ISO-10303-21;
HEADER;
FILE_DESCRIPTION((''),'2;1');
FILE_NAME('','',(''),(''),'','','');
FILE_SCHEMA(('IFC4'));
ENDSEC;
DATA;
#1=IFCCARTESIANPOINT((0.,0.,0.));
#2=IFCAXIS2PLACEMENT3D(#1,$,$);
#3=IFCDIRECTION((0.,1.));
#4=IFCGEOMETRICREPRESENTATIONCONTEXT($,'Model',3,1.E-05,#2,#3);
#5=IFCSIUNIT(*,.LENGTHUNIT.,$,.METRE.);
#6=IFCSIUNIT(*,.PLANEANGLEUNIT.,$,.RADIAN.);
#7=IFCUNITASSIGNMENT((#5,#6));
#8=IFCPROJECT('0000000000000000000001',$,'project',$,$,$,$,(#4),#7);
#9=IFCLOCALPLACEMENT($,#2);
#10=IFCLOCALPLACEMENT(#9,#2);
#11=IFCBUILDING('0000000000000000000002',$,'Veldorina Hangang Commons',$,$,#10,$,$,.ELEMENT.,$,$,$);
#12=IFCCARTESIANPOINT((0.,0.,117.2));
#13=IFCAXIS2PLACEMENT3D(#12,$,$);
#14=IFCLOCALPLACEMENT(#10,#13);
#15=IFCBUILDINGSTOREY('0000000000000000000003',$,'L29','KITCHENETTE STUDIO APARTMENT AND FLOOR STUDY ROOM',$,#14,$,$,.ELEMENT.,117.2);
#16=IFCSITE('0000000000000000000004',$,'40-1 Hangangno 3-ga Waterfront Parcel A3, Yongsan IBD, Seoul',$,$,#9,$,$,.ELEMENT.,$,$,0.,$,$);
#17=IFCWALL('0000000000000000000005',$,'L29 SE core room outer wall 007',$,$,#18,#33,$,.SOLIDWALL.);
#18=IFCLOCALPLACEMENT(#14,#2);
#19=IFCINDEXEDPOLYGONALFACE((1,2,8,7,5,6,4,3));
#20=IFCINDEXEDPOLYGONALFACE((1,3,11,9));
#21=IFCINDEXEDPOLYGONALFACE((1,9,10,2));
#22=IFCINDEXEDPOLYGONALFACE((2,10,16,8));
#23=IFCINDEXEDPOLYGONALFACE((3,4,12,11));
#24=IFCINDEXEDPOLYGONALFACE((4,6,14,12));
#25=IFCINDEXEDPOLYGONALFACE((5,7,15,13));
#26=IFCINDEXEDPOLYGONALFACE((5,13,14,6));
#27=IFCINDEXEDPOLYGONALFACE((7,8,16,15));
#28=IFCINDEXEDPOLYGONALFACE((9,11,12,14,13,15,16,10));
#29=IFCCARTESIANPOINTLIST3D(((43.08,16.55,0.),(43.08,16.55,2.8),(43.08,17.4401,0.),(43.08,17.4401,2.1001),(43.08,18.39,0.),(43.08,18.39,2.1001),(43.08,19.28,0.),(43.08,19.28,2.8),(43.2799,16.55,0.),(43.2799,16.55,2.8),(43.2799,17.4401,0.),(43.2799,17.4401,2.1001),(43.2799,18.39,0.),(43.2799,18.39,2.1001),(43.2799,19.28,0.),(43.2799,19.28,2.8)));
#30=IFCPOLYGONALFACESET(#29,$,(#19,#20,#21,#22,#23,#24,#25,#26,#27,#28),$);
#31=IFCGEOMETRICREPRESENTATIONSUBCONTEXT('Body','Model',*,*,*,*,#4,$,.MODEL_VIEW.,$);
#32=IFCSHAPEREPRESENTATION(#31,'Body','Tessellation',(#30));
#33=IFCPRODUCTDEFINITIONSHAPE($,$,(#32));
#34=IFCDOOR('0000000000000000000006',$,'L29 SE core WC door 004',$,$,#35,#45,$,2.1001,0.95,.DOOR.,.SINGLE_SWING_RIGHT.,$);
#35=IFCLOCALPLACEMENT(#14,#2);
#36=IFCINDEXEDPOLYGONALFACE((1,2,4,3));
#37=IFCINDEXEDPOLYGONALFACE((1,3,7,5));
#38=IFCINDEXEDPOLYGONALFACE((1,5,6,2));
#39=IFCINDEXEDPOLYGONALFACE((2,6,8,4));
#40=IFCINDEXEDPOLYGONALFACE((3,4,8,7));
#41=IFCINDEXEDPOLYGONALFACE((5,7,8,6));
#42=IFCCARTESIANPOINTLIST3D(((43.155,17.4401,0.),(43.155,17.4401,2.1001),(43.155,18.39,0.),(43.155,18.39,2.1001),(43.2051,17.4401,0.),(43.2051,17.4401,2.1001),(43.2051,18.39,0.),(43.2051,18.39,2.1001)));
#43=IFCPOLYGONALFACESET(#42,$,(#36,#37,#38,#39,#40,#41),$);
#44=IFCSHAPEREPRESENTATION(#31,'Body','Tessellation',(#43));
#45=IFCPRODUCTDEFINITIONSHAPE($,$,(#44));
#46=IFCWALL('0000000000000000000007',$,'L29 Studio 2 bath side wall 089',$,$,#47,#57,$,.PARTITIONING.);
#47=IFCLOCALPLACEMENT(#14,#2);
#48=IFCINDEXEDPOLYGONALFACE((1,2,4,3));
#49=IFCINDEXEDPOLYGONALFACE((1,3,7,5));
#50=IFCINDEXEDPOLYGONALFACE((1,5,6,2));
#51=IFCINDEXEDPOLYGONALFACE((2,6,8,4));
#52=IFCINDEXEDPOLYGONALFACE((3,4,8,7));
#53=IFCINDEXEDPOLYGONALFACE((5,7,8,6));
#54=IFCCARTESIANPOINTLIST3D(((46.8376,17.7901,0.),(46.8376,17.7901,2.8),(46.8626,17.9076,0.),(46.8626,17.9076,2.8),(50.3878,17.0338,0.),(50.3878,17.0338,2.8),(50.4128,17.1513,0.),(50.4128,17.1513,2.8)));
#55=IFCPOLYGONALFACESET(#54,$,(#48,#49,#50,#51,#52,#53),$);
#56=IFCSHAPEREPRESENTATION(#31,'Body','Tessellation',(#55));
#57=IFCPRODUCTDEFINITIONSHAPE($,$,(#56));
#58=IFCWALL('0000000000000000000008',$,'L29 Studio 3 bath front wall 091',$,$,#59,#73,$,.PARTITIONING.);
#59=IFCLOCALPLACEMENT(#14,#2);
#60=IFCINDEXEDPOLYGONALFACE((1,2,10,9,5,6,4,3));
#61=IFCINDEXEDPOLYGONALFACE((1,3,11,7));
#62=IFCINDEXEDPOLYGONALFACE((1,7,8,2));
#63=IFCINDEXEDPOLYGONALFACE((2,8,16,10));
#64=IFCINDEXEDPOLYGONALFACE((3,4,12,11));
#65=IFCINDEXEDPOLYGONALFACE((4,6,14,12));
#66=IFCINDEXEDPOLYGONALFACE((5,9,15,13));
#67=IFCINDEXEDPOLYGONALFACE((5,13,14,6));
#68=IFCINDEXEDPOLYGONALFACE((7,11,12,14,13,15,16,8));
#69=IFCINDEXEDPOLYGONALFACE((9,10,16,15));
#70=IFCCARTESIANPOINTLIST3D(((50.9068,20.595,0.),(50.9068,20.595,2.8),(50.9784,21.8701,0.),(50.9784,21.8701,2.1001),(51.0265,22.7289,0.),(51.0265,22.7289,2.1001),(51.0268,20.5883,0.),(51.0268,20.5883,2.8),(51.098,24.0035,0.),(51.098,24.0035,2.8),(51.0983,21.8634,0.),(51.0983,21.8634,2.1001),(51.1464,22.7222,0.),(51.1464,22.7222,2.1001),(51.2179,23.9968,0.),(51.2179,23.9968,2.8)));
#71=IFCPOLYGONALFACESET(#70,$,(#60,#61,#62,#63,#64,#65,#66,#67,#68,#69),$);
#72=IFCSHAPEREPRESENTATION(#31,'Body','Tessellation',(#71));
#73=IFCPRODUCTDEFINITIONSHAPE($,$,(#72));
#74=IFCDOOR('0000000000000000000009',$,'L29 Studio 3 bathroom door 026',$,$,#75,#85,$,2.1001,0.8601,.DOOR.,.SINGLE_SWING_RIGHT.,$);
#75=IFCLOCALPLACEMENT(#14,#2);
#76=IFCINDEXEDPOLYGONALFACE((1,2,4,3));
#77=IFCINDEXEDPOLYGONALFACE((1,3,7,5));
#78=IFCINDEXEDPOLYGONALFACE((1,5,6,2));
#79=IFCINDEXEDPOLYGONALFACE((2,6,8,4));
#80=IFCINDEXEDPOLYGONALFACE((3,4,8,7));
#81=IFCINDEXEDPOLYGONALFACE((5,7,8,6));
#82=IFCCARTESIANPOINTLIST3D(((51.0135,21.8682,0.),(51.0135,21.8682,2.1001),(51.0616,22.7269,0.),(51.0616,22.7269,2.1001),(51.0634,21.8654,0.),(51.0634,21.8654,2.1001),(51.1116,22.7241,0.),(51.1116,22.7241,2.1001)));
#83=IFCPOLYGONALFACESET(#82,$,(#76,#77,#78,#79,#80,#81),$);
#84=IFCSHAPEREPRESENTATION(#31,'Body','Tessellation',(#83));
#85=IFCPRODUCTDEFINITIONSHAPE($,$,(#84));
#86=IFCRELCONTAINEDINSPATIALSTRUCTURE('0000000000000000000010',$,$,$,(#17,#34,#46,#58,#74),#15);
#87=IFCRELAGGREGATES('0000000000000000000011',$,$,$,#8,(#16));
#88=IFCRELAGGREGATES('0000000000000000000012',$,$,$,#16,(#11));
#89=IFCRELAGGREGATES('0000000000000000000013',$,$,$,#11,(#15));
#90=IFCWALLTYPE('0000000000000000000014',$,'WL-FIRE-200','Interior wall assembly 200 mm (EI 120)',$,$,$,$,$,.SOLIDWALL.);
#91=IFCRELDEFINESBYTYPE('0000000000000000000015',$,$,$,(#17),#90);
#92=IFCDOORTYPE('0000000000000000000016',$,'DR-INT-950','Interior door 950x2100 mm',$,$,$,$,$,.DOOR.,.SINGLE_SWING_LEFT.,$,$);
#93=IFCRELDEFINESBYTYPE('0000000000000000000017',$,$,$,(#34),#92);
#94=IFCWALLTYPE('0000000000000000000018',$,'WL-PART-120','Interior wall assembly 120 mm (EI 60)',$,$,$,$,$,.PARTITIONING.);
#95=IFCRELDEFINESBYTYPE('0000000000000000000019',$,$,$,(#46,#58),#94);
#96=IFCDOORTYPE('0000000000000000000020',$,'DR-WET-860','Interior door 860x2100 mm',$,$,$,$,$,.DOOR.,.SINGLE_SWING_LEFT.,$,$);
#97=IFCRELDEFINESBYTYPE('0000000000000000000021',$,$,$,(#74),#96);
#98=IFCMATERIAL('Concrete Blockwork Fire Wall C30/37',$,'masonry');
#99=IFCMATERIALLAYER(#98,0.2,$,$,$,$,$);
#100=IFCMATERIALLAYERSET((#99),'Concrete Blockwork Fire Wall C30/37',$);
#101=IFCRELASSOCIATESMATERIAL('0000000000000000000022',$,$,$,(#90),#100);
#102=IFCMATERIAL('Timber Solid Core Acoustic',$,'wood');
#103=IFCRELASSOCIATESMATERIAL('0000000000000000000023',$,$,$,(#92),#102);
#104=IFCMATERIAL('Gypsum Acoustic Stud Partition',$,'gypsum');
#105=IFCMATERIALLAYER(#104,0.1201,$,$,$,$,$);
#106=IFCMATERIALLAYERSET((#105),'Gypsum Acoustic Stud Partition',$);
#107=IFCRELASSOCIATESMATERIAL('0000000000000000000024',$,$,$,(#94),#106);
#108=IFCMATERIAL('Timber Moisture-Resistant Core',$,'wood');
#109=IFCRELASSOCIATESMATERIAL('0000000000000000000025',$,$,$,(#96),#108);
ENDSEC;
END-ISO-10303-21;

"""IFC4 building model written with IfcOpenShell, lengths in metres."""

from ifc_helpers import new_model, si_unit, direction, frame, frame_2d, origin, place, context, subcontext, project, spatial, rectangle, extrude, material, layer, layer_set, type_object, element, fill, save


model = new_model("IFC4")

# Units and contexts
model_context = context("Model", 3, precision=1e-05, world=origin(), true_north=direction((0.0, 1.0)))
body_context = subcontext(model_context, "Body", "Model", "MODEL_VIEW")
ifc_project = project(units=[si_unit("LENGTHUNIT", "METRE"), si_unit("PLANEANGLEUNIT", "RADIAN")], contexts=[model_context])

# Site, building, storey
site_placement = place(None, origin())
site = spatial("IfcSite", under=ifc_project, at=site_placement, Name="40-1 Hangangno 3-ga Waterfront Parcel A3, Yongsan IBD, Seoul", CompositionType="ELEMENT", RefElevation=0.0)
building_placement = place(site_placement, origin())
building = spatial("IfcBuilding", under=site, at=building_placement, Name="Veldorina Hangang Commons", CompositionType="ELEMENT")
storey_placement = place(building_placement, frame((0.0, 0.0, 117.2)))
storey = spatial("IfcBuildingStorey", under=building, at=storey_placement, Name="L29", Description="KITCHENETTE STUDIO APARTMENT AND FLOOR STUDY ROOM", CompositionType="ELEMENT", Elevation=117.2)

# Wall, opening, door
ifc_material_1 = material(Name="Concrete Blockwork Fire Wall C30/37", Category="masonry")
ifc_layer_1 = layer(ifc_material_1, 0.2)
ifc_layer_set_1 = layer_set([ifc_layer_1], Name="Concrete Blockwork Fire Wall C30/37")
wall_type_1 = type_object("IfcWallType", Name="WL-FIRE-200", Description="Interior wall assembly 200 mm (EI 120)", PredefinedType="SOLIDWALL", material=ifc_layer_set_1)
wall_1_placement = place(storey_placement, frame((43.1799, 16.55, 0.0), z_axis=(0.0, 0.0, 1.0), x_axis=(0.0, 1.0, 0.0)))
wall_1 = element("IfcWall", 1, at=wall_1_placement, inside=storey, type_object=wall_type_1, Name="L29 SE core room outer wall 007", PredefinedType="SOLIDWALL", context=body_context, shape_type="SweptSolid", body=[
    extrude(rectangle(XDim=2.73, YDim=0.2, at=frame_2d((1.365, 0.0))), origin(), (0.0, 0.0, 1.0), 2.8),
])
opening_1_placement = place(wall_1_placement, frame((0.8899, 0.0, 0.0)))
opening_1 = element("IfcOpeningElement", 2, at=opening_1_placement, cuts=wall_1, PredefinedType="OPENING", context=body_context, shape_type="SweptSolid", body=[
    extrude(rectangle(XDim=0.95, YDim=2.1001, at=frame_2d((0.4751, 1.05))), frame((0.0, 0.1099, 0.0), z_axis=(0.0, -1.0, 0.0), x_axis=(1.0, 0.0, 0.0)), (0.0, 0.0, 1.0), 0.22),
])
ifc_material_2 = material(Name="Timber Solid Core Acoustic", Category="wood")
door_type_1 = type_object("IfcDoorType", Name="DR-INT-950", Description="Interior door 950x2100 mm", OperationType="SINGLE_SWING_LEFT", PredefinedType="DOOR", material=ifc_material_2)
door_1_placement = place(opening_1_placement, origin())
door_1 = element("IfcDoor", 3, at=door_1_placement, inside=storey, type_object=door_type_1, Name="L29 SE core WC door 004", OperationType="SINGLE_SWING_RIGHT", OverallHeight=2.1001, OverallWidth=0.95, PredefinedType="DOOR", context=body_context, shape_type="SweptSolid", body=[
    extrude(rectangle(XDim=0.95, YDim=2.1001, at=frame_2d((0.4751, 1.05))), frame((0.0, 0.0249, 0.0), z_axis=(0.0, -1.0, 0.0), x_axis=(1.0, 0.0, 0.0)), (0.0, 0.0, 1.0), 0.05),
])
fill(opening_1, door_1)

# Wall
ifc_material_3 = material(Name="Gypsum Acoustic Stud Partition", Category="gypsum")
ifc_layer_2 = layer(ifc_material_3, 0.1201)
ifc_layer_set_2 = layer_set([ifc_layer_2], Name="Gypsum Acoustic Stud Partition")
wall_type_2 = type_object("IfcWallType", Name="WL-PART-120", Description="Interior wall assembly 120 mm (EI 60)", PredefinedType="PARTITIONING", material=ifc_layer_set_2)
wall_2_placement = place(storey_placement, frame((46.8501, 17.8489, 0.0), z_axis=(0.0, 0.0, 1.0), x_axis=(0.978052, -0.208362, 0.0)))
element("IfcWall", 4, at=wall_2_placement, inside=storey, type_object=wall_type_2, Name="L29 Studio 2 bath side wall 089", PredefinedType="PARTITIONING", context=body_context, shape_type="SweptSolid", body=[
    extrude(rectangle(XDim=3.6299, YDim=0.1201, at=frame_2d((1.8149, 0.0))), origin(), (0.0, 0.0, 1.0), 2.8),
])

# Wall, opening, door
wall_3_placement = place(storey_placement, frame((50.9668, 20.5916, 0.0), z_axis=(0.0, 0.0, 1.0), x_axis=(0.055997, 0.998431, 0.0)))
wall_3 = element("IfcWall", 5, at=wall_3_placement, inside=storey, type_object=wall_type_2, Name="L29 Studio 3 bath front wall 091", PredefinedType="PARTITIONING", context=body_context, shape_type="SweptSolid", body=[
    extrude(rectangle(XDim=3.4138, YDim=0.1201, at=frame_2d((1.707, 0.0))), origin(), (0.0, 0.0, 1.0), 2.8),
])
opening_2_placement = place(wall_3_placement, frame((1.2771, 0.0, 0.0)))
opening_2 = element("IfcOpeningElement", 6, at=opening_2_placement, cuts=wall_3, PredefinedType="OPENING", context=body_context, shape_type="SweptSolid", body=[
    extrude(rectangle(XDim=0.8601, YDim=2.1001, at=frame_2d((0.4302, 1.05))), frame((0.0, 0.0701, 0.0), z_axis=(0.0, -1.0, 0.0), x_axis=(1.0, 0.0, 0.0)), (0.0, 0.0, 1.0), 0.1401),
])
ifc_material_4 = material(Name="Timber Moisture-Resistant Core", Category="wood")
door_type_2 = type_object("IfcDoorType", Name="DR-WET-860", Description="Interior door 860x2100 mm", OperationType="SINGLE_SWING_LEFT", PredefinedType="DOOR", material=ifc_material_4)
door_2_placement = place(opening_2_placement, origin())
door_2 = element("IfcDoor", 7, at=door_2_placement, inside=storey, type_object=door_type_2, Name="L29 Studio 3 bathroom door 026", OperationType="SINGLE_SWING_RIGHT", OverallHeight=2.1001, OverallWidth=0.8601, PredefinedType="DOOR", context=body_context, shape_type="SweptSolid", body=[
    extrude(rectangle(XDim=0.8601, YDim=2.1001, at=frame_2d((0.4302, 1.05))), frame((0.0, 0.0249, 0.0), z_axis=(0.0, -1.0, 0.0), x_axis=(1.0, 0.0, 0.0)), (0.0, 0.0, 1.0), 0.05),
])
fill(opening_2, door_2)

save(model, "model.ifc")
